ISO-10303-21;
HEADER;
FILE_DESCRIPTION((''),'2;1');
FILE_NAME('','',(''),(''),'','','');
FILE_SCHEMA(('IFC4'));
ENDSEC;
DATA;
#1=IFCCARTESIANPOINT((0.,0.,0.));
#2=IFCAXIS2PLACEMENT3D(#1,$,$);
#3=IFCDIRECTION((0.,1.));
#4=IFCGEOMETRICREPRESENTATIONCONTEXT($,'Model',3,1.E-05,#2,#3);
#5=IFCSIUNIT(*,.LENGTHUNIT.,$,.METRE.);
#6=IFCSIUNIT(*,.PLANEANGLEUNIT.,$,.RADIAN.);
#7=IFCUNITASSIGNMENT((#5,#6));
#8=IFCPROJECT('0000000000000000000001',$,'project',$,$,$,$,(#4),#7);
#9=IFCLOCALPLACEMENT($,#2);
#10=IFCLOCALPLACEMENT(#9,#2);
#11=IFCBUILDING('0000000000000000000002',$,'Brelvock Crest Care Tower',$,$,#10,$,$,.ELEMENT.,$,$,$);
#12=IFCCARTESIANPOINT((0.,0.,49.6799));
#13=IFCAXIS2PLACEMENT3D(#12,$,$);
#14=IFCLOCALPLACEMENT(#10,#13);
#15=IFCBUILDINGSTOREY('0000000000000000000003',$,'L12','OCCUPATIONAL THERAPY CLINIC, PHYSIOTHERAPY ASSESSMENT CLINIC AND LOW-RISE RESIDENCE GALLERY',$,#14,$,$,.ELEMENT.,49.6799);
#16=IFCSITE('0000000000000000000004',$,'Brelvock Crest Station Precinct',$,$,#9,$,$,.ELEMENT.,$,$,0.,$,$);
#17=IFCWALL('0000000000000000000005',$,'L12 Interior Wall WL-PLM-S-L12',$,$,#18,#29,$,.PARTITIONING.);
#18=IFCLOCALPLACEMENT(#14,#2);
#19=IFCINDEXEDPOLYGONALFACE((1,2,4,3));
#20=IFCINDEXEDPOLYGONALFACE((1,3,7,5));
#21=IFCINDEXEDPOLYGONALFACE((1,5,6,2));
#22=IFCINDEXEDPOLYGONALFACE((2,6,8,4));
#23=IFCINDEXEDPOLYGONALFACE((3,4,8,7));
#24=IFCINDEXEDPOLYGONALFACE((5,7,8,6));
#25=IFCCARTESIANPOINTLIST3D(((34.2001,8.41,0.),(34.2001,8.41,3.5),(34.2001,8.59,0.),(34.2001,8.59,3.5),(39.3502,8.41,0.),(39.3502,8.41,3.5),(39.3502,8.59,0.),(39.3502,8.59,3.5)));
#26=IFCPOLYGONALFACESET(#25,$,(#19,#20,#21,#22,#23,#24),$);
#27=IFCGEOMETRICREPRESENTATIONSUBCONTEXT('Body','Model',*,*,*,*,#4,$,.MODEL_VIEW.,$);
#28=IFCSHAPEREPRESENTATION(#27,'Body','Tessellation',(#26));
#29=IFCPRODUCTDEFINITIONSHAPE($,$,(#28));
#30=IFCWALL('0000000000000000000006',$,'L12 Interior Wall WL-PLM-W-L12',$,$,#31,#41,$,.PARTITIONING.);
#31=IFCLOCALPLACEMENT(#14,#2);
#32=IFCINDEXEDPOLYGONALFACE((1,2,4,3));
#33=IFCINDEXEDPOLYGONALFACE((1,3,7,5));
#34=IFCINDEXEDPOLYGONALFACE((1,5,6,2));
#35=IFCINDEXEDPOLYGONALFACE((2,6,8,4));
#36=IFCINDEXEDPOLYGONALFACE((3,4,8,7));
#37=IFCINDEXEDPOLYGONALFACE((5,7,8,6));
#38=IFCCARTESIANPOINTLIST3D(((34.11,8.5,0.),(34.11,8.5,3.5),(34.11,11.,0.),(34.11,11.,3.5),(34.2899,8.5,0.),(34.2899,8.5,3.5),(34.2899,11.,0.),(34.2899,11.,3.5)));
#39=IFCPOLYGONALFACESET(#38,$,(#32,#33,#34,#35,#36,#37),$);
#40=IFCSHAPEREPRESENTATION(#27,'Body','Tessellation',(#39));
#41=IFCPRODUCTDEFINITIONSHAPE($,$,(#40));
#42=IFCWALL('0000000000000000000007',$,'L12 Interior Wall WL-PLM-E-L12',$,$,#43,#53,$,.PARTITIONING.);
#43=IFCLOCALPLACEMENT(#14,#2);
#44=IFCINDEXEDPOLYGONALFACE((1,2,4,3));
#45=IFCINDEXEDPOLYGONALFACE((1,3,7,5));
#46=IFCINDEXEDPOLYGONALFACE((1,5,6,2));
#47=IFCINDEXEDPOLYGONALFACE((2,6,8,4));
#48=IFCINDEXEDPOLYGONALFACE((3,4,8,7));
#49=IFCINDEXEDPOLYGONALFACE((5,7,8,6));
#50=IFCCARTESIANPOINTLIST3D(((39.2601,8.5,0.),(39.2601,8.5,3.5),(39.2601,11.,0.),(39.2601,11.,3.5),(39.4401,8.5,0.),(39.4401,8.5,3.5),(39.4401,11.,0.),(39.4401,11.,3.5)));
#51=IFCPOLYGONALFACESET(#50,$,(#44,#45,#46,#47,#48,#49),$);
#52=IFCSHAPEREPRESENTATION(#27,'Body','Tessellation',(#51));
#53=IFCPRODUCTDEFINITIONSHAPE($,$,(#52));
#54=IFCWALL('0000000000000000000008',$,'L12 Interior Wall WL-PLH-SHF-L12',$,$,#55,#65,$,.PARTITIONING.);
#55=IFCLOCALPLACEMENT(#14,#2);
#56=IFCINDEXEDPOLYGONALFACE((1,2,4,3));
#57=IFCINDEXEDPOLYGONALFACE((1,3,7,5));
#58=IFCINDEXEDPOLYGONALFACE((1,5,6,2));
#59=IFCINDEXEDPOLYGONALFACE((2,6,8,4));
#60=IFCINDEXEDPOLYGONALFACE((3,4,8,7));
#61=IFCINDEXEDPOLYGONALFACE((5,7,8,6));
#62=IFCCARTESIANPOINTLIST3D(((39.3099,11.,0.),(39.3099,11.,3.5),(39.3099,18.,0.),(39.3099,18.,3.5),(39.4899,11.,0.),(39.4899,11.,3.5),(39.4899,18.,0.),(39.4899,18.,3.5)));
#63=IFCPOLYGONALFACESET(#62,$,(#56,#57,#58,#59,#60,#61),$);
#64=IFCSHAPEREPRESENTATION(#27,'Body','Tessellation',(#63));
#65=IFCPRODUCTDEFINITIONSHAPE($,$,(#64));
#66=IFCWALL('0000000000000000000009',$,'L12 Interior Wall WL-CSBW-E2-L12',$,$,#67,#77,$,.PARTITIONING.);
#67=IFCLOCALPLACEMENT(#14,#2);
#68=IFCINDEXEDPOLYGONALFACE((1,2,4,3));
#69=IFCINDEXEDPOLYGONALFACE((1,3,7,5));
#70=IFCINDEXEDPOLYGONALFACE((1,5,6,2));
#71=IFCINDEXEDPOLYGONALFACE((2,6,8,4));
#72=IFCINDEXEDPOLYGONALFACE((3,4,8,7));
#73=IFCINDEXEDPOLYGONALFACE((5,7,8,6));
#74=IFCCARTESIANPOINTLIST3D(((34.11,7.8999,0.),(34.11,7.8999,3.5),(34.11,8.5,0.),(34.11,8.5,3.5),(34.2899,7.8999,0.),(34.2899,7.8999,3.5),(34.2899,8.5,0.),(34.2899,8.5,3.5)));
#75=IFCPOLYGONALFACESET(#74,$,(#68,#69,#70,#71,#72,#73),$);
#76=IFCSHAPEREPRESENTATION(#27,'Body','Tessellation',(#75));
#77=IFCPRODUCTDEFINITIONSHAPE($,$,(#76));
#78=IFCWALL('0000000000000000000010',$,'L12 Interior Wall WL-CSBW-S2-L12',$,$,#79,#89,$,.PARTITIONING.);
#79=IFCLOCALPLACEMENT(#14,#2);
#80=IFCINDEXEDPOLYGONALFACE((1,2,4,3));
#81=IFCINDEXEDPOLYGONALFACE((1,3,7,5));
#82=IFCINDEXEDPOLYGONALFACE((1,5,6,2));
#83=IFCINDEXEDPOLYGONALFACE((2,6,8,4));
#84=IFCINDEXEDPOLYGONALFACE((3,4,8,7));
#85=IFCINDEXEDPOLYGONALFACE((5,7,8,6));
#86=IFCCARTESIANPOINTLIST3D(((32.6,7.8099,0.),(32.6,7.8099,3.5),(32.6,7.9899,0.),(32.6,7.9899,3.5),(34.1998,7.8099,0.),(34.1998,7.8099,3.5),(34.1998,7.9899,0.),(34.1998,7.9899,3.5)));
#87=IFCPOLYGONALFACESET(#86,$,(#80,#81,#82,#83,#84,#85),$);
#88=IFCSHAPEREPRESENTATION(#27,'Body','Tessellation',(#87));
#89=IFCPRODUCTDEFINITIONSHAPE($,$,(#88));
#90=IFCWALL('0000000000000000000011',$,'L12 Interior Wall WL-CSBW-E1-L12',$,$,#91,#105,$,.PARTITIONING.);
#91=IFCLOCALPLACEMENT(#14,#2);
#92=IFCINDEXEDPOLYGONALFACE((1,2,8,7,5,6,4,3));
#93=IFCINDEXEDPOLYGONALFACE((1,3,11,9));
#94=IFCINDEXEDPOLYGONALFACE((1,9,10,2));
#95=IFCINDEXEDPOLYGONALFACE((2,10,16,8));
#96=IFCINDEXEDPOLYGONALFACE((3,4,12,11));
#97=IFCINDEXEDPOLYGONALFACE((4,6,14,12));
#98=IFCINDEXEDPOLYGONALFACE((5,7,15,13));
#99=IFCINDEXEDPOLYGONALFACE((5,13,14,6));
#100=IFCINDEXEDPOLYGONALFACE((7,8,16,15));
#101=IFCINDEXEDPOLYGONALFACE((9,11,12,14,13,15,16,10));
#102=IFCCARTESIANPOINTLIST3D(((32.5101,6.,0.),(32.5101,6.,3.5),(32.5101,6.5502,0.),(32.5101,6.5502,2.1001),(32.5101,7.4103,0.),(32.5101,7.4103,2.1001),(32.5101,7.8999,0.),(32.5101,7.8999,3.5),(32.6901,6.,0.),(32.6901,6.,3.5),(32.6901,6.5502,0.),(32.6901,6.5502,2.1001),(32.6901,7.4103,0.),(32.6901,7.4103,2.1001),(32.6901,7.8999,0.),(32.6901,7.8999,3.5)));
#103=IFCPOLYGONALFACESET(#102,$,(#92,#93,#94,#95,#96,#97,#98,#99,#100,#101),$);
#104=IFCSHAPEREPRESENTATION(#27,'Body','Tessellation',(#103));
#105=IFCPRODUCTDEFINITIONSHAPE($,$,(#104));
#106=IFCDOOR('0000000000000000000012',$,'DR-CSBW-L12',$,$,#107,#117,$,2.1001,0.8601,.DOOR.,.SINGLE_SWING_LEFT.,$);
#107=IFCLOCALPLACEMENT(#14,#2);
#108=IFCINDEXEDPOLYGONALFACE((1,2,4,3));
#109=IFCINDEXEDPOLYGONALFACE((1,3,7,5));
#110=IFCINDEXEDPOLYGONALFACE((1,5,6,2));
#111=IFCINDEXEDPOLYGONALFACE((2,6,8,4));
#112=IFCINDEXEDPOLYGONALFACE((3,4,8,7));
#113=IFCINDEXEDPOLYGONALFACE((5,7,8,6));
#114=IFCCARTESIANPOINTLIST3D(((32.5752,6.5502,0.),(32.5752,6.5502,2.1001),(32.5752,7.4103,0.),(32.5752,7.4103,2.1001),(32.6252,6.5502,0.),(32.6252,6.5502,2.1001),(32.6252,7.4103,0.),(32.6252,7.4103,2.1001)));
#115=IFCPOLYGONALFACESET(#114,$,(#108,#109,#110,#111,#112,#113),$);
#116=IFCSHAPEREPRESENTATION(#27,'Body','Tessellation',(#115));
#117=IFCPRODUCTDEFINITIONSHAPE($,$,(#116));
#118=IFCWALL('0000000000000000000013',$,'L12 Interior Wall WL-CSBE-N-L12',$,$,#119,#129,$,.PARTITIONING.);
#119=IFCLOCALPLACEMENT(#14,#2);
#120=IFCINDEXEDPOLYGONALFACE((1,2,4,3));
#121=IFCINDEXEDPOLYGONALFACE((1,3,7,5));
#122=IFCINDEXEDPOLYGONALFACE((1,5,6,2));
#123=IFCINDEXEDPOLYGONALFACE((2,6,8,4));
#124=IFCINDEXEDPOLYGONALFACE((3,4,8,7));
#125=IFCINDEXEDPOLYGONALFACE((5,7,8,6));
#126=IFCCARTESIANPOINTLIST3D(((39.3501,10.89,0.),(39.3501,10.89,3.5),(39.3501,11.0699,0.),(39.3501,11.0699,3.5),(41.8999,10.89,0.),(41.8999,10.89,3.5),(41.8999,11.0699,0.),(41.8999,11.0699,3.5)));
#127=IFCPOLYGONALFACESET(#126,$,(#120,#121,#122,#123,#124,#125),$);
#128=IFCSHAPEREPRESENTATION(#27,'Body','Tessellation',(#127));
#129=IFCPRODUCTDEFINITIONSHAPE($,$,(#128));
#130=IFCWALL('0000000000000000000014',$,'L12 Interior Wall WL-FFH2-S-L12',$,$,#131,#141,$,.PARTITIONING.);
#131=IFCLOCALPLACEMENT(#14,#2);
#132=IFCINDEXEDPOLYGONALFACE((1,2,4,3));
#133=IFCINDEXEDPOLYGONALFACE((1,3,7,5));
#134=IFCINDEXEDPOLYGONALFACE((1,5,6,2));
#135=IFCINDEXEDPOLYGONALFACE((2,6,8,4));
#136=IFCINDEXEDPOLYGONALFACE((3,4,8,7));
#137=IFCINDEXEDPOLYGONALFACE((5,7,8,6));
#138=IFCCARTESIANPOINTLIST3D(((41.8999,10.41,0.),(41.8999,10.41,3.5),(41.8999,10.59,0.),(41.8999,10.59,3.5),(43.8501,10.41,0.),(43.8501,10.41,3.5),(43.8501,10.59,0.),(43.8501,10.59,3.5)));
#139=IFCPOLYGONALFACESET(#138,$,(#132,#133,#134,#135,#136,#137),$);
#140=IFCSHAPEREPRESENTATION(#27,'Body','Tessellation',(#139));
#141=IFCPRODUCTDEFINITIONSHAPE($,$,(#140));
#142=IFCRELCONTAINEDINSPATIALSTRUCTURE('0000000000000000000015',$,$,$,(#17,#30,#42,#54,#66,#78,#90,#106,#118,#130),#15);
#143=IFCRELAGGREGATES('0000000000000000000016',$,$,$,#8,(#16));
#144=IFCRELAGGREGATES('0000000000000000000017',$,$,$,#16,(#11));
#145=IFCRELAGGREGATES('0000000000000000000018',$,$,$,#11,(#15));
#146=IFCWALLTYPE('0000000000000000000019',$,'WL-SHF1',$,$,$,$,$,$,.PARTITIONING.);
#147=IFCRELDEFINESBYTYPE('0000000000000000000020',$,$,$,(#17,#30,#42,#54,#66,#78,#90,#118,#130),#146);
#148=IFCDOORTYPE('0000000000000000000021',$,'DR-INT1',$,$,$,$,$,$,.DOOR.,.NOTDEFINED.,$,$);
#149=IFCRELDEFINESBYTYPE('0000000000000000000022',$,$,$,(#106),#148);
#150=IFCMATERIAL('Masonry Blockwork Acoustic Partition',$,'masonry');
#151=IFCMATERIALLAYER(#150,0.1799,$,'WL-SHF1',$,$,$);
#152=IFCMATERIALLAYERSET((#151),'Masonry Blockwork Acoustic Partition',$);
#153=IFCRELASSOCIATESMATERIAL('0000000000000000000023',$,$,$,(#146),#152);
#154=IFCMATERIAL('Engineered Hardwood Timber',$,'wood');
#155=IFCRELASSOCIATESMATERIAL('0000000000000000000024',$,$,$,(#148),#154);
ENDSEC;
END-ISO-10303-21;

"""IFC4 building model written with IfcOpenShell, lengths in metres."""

from ifc_helpers import new_model, si_unit, direction, frame, frame_2d, origin, origin_2d, place, context, subcontext, project, spatial, rectangle, extrude, source, transform, mapped, material, layer, layer_set, type_object, element, fill, save


model = new_model("IFC4")

# Units and contexts
model_context = context("Model", 3, precision=1e-05, world=origin(), true_north=direction((0.0, 1.0)))
body_context = subcontext(model_context, "Body", "Model", "MODEL_VIEW")
ifc_project = project(units=[si_unit("LENGTHUNIT", "METRE"), si_unit("PLANEANGLEUNIT", "RADIAN")], contexts=[model_context])

# Site, building, storey
site_placement = place(None, origin())
site = spatial("IfcSite", under=ifc_project, at=site_placement, Name="Brelvock Crest Station Precinct", CompositionType="ELEMENT", RefElevation=0.0)
building_placement = place(site_placement, origin())
building = spatial("IfcBuilding", under=site, at=building_placement, Name="Brelvock Crest Care Tower", CompositionType="ELEMENT")
storey_placement = place(building_placement, frame((0.0, 0.0, 49.6799)))
storey = spatial("IfcBuildingStorey", under=building, at=storey_placement, Name="L12", Description="OCCUPATIONAL THERAPY CLINIC, PHYSIOTHERAPY ASSESSMENT CLINIC AND LOW-RISE RESIDENCE GALLERY", CompositionType="ELEMENT", Elevation=49.6799)

# Shared definitions
ifc_material_1 = material(Name="Masonry Blockwork Acoustic Partition", Category="masonry")

# Walls
ifc_layer_1 = layer(ifc_material_1, 0.1799, Name="WL-SHF1")
ifc_layer_set_1 = layer_set([ifc_layer_1], Name="Masonry Blockwork Acoustic Partition")
wall_type_1 = type_object("IfcWallType", Name="WL-SHF1", PredefinedType="PARTITIONING", material=ifc_layer_set_1)
for number, where, z_axis, x_axis, name in (
    (1, (34.2, 8.5, 0.0), (0.0, 0.0, 1.0), (1.0, 0.0, 0.0), "L12 Interior Wall WL-PLM-S-L12"),
):
    element("IfcWall", number, at=place(storey_placement, frame(where, z_axis=z_axis, x_axis=x_axis)), inside=storey, type_object=wall_type_1, Name=name, PredefinedType="PARTITIONING", context=body_context, shape_type="SweptSolid", body=[
        extrude(rectangle(XDim=5.1501, YDim=0.1799, at=frame_2d((2.5752, 0.0))), origin(), (0.0, 0.0, 1.0), 3.5),
    ])
for number, where, z_axis, x_axis, name in (
    (2, (34.2, 8.5, 0.0), (0.0, 0.0, 1.0), (0.0, 1.0, 0.0), "L12 Interior Wall WL-PLM-W-L12"),
    (3, (39.3501, 8.5, 0.0), (0.0, 0.0, 1.0), (0.0, 1.0, 0.0), "L12 Interior Wall WL-PLM-E-L12"),
):
    element("IfcWall", number, at=place(storey_placement, frame(where, z_axis=z_axis, x_axis=x_axis)), inside=storey, type_object=wall_type_1, Name=name, PredefinedType="PARTITIONING", context=body_context, shape_type="SweptSolid", body=[
        extrude(rectangle(XDim=2.5, YDim=0.1799, at=frame_2d((1.25, 0.0))), origin(), (0.0, 0.0, 1.0), 3.5),
    ])
wall_1_placement = place(storey_placement, frame((39.3999, 11.0, 0.0), z_axis=(0.0, 0.0, 1.0), x_axis=(0.0, 1.0, 0.0)))
element("IfcWall", 4, at=wall_1_placement, inside=storey, type_object=wall_type_1, Name="L12 Interior Wall WL-PLH-SHF-L12", PredefinedType="PARTITIONING", context=body_context, shape_type="SweptSolid", body=[
    extrude(rectangle(XDim=7.0, YDim=0.1799, at=frame_2d((3.5, 0.0))), origin(), (0.0, 0.0, 1.0), 3.5),
])
wall_2_placement = place(storey_placement, frame((34.2, 7.8999, 0.0), z_axis=(0.0, 0.0, 1.0), x_axis=(0.0, 1.0, 0.0)))
element("IfcWall", 5, at=wall_2_placement, inside=storey, type_object=wall_type_1, Name="L12 Interior Wall WL-CSBW-E2-L12", PredefinedType="PARTITIONING", context=body_context, shape_type="SweptSolid", body=[
    extrude(rectangle(XDim=0.6001, YDim=0.1799, at=frame_2d((0.3, 0.0))), origin(), (0.0, 0.0, 1.0), 3.5),
])
wall_3_placement = place(storey_placement, frame((32.6001, 7.8999, 0.0), z_axis=(0.0, 0.0, 1.0), x_axis=(1.0, 0.0, 0.0)))
element("IfcWall", 6, at=wall_3_placement, inside=storey, type_object=wall_type_1, Name="L12 Interior Wall WL-CSBW-S2-L12", PredefinedType="PARTITIONING", context=body_context, shape_type="SweptSolid", body=[
    extrude(rectangle(XDim=1.5999, YDim=0.1799, at=frame_2d((0.7998, 0.0))), origin(), (0.0, 0.0, 1.0), 3.5),
])

# Wall, opening, door
wall_4_placement = place(storey_placement, frame((32.6001, 6.0, 0.0), z_axis=(0.0, 0.0, 1.0), x_axis=(0.0, 1.0, 0.0)))
wall_4 = element("IfcWall", 7, at=wall_4_placement, inside=storey, type_object=wall_type_1, Name="L12 Interior Wall WL-CSBW-E1-L12", PredefinedType="PARTITIONING", context=body_context, shape_type="SweptSolid", body=[
    extrude(rectangle(XDim=1.8999, YDim=0.1799, at=frame_2d((0.95, 0.0))), origin(), (0.0, 0.0, 1.0), 3.5),
])
opening_1_placement = place(wall_4_placement, frame((0.55, 0.0, 0.0)))
opening_1 = element("IfcOpeningElement", 8, at=opening_1_placement, cuts=wall_4, PredefinedType="OPENING", context=body_context, shape_type="SweptSolid", body=[
    extrude(rectangle(XDim=0.8601, YDim=2.1001, at=origin_2d()), frame((0.4302, 0.1001, 1.05), z_axis=(0.0, -1.0, 0.0), x_axis=(1.0, 0.0, 0.0)), (0.0, 0.0, 1.0), 0.2),
])
ifc_material_2 = material(Name="Engineered Hardwood Timber", Category="wood")
door_type_1 = type_object("IfcDoorType", Name="DR-INT1", OperationType="NOTDEFINED", PredefinedType="DOOR", material=ifc_material_2)
shared_shape_1 = source(origin(), body_context, "Body", "SweptSolid", [
    extrude(rectangle(XDim=0.8601, YDim=2.1001, at=origin_2d()), frame((0.4302, 0.0249, 1.05), z_axis=(0.0, -1.0, 0.0), x_axis=(1.0, 0.0, 0.0)), (0.0, 0.0, 1.0), 0.05),
])
door_1_placement = place(opening_1_placement, origin())
door_1 = element("IfcDoor", 9, at=door_1_placement, inside=storey, type_object=door_type_1, Name="DR-CSBW-L12", OperationType="SINGLE_SWING_LEFT", OverallHeight=2.1001, OverallWidth=0.8601, PredefinedType="DOOR", context=body_context, shape_type="MappedRepresentation", body=[
    mapped(shared_shape_1, transform((0.0, 0.0, 0.0), x_axis=(1.0, 0.0, 0.0), y_axis=(0.0, 1.0, 0.0), z_axis=(0.0, 0.0, 1.0), scale=1.0)),
])
fill(opening_1, door_1)

# Walls
wall_5_placement = place(storey_placement, frame((39.3501, 10.98, 0.0), z_axis=(0.0, 0.0, 1.0), x_axis=(1.0, 0.0, 0.0)))
element("IfcWall", 10, at=wall_5_placement, inside=storey, type_object=wall_type_1, Name="L12 Interior Wall WL-CSBE-N-L12", PredefinedType="PARTITIONING", context=body_context, shape_type="SweptSolid", body=[
    extrude(rectangle(XDim=2.5498, YDim=0.1799, at=frame_2d((1.2749, 0.0))), origin(), (0.0, 0.0, 1.0), 3.5),
])
wall_6_placement = place(storey_placement, frame((41.8999, 10.5, 0.0), z_axis=(0.0, 0.0, 1.0), x_axis=(1.0, 0.0, 0.0)))
element("IfcWall", 11, at=wall_6_placement, inside=storey, type_object=wall_type_1, Name="L12 Interior Wall WL-FFH2-S-L12", PredefinedType="PARTITIONING", context=body_context, shape_type="SweptSolid", body=[
    extrude(rectangle(XDim=1.9502, YDim=0.1799, at=frame_2d((0.9751, 0.0))), origin(), (0.0, 0.0, 1.0), 3.5),
])

save(model, "model.ifc")
